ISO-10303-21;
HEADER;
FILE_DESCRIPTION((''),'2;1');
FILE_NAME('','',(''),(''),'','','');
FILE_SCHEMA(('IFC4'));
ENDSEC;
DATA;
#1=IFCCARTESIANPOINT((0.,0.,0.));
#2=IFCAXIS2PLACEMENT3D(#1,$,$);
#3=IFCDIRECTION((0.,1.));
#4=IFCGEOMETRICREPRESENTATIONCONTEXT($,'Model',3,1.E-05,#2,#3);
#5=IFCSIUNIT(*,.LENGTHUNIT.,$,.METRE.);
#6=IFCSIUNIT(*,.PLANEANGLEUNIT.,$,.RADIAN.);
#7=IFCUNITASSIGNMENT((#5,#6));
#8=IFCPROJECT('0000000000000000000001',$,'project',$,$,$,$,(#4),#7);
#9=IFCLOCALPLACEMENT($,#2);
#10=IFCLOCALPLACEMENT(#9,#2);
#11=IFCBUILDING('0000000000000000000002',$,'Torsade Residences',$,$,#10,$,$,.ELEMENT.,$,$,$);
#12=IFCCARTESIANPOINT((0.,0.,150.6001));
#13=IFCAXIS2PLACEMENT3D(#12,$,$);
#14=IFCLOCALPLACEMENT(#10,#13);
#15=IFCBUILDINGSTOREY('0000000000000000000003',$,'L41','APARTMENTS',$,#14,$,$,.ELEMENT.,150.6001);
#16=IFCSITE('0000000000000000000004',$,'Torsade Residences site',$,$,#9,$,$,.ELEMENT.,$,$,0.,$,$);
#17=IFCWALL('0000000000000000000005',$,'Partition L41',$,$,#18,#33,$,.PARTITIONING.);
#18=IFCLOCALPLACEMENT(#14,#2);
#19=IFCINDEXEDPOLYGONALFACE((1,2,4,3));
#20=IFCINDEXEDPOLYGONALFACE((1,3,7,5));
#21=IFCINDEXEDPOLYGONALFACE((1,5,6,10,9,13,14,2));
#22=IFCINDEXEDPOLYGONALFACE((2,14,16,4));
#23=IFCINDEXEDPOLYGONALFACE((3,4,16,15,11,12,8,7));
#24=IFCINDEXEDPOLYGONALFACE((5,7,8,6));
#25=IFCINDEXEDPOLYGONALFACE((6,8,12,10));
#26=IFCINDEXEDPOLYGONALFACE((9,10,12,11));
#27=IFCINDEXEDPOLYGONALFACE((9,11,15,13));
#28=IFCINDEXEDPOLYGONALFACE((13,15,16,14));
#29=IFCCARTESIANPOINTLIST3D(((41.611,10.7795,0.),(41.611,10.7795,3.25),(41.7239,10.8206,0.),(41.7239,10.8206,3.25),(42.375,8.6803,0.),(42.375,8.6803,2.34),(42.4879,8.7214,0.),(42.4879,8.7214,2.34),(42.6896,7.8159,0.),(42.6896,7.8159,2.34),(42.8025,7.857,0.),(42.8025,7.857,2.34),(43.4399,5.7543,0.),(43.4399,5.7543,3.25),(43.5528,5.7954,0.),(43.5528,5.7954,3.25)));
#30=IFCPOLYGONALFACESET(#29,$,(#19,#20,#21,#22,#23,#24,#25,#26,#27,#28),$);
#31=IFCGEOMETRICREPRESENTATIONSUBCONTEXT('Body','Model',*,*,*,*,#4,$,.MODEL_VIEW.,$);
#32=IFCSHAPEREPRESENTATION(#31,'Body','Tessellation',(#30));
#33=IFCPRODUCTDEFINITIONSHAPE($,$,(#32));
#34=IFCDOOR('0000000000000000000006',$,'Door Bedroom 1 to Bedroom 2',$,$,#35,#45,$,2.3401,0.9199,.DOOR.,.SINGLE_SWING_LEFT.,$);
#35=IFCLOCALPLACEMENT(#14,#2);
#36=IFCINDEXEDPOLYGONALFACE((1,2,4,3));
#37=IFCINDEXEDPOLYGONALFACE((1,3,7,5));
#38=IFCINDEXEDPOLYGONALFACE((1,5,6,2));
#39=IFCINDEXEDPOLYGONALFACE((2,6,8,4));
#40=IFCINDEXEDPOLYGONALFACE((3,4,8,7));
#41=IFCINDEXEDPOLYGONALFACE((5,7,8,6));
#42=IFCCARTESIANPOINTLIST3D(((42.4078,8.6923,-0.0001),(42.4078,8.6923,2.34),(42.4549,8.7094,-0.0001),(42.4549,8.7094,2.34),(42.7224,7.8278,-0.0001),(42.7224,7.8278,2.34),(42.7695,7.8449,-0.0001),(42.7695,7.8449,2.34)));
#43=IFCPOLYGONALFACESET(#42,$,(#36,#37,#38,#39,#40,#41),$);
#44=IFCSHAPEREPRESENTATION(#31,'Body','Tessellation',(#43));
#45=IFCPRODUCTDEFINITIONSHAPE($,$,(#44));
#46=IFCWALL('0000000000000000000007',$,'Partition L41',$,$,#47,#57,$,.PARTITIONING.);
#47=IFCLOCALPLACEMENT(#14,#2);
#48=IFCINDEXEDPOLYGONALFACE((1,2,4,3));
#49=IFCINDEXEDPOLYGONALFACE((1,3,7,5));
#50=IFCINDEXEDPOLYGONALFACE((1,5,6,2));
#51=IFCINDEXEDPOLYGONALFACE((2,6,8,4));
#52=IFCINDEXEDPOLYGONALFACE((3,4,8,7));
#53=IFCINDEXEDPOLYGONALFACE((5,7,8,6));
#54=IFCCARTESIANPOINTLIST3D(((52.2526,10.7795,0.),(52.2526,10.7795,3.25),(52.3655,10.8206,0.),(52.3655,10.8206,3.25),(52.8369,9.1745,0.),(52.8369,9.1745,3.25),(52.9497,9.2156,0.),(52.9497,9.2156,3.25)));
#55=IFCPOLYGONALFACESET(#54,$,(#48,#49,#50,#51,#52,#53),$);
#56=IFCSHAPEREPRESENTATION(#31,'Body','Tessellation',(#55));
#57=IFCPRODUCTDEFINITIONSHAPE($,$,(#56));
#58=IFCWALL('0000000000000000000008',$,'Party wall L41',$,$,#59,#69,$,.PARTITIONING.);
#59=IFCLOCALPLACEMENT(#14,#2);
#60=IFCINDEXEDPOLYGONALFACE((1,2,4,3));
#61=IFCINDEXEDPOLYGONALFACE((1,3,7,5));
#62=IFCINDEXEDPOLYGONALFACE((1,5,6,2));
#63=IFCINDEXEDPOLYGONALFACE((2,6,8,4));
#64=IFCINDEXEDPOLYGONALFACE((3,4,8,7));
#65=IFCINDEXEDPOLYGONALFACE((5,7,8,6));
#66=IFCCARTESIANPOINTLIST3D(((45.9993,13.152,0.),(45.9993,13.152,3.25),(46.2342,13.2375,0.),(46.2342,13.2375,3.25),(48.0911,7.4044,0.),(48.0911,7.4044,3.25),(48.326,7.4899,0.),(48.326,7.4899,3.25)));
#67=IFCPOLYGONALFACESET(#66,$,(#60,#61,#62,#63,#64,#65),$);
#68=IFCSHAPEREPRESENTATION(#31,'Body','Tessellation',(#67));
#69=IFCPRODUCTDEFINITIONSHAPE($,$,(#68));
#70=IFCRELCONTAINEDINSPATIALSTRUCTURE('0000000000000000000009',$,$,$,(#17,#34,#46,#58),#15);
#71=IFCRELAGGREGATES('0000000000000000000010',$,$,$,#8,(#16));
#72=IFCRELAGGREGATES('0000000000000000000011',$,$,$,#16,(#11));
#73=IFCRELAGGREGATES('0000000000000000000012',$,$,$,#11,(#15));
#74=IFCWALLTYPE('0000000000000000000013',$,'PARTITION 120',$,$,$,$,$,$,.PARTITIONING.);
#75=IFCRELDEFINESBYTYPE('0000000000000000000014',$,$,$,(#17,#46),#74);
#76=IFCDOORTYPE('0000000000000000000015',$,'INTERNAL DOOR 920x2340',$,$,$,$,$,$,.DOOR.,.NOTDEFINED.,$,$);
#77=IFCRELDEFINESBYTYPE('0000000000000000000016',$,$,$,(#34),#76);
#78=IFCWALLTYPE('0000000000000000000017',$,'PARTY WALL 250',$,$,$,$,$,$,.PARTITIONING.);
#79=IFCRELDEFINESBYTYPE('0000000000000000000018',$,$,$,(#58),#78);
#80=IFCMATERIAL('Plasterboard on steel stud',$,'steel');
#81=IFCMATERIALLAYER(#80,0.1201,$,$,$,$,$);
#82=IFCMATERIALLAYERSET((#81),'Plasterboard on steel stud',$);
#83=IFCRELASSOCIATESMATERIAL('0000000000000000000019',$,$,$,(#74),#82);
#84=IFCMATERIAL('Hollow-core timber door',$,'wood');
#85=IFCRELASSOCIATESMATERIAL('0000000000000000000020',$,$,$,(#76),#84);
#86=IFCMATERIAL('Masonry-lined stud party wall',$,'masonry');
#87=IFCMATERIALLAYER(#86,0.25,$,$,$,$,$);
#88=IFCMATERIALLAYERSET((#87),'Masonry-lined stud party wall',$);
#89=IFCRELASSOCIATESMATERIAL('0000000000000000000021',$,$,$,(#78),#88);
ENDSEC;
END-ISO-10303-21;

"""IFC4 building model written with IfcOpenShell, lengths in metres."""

from ifc_helpers import new_model, si_unit, direction, frame, frame_2d, origin, place, context, subcontext, project, spatial, rectangle, extrude, material, layer, layer_set, type_object, element, fill, save


model = new_model("IFC4")

# Units and contexts
model_context = context("Model", 3, precision=1e-05, world=origin(), true_north=direction((0.0, 1.0)))
body_context = subcontext(model_context, "Body", "Model", "MODEL_VIEW")
ifc_project = project(units=[si_unit("LENGTHUNIT", "METRE"), si_unit("PLANEANGLEUNIT", "RADIAN")], contexts=[model_context])

# Site, building, storey
site_placement = place(None, origin())
site = spatial("IfcSite", under=ifc_project, at=site_placement, Name="Torsade Residences site", CompositionType="ELEMENT", RefElevation=0.0)
building_placement = place(site_placement, origin())
building = spatial("IfcBuilding", under=site, at=building_placement, Name="Torsade Residences", CompositionType="ELEMENT")
storey_placement = place(building_placement, frame((0.0, 0.0, 150.6001)))
storey = spatial("IfcBuildingStorey", under=building, at=storey_placement, Name="L41", Description="APARTMENTS", CompositionType="ELEMENT", Elevation=150.6001)

# Wall, opening, door
ifc_material_1 = material(Name="Plasterboard on steel stud", Category="steel")
ifc_layer_1 = layer(ifc_material_1, 0.1201)
ifc_layer_set_1 = layer_set([ifc_layer_1], Name="Plasterboard on steel stud")
wall_type_1 = type_object("IfcWallType", Name="PARTITION 120", PredefinedType="PARTITIONING", material=ifc_layer_set_1)
wall_1_placement = place(storey_placement, frame((41.6675, 10.8, 0.0), z_axis=(0.0, 0.0, 1.0), x_axis=(0.341996, -0.939701, 0.0)))
wall_1 = element("IfcWall", 1, at=wall_1_placement, inside=storey, type_object=wall_type_1, Name="Partition L41", PredefinedType="PARTITIONING", context=body_context, shape_type="SweptSolid", body=[
    extrude(rectangle(XDim=5.3477, YDim=0.1201, at=frame_2d((2.6738, 0.0))), origin(), (0.0, 0.0, 1.0), 3.25),
])
opening_1_placement = place(wall_1_placement, frame((2.2339, 0.0, 0.0)))
opening_1 = element("IfcOpeningElement", 2, at=opening_1_placement, cuts=wall_1, PredefinedType="OPENING", context=body_context, shape_type="SweptSolid", body=[
    extrude(rectangle(XDim=0.9199, YDim=2.3401, at=frame_2d((0.46, 1.1699))), frame((0.0, 0.0701, 0.0), z_axis=(0.0, -1.0, 0.0), x_axis=(1.0, 0.0, 0.0)), (0.0, 0.0, 1.0), 0.1401),
])
ifc_material_2 = material(Name="Hollow-core timber door", Category="wood")
door_type_1 = type_object("IfcDoorType", Name="INTERNAL DOOR 920x2340", OperationType="NOTDEFINED", PredefinedType="DOOR", material=ifc_material_2)
door_1_placement = place(opening_1_placement, origin())
door_1 = element("IfcDoor", 3, at=door_1_placement, inside=storey, type_object=door_type_1, Name="Door Bedroom 1 to Bedroom 2", OperationType="SINGLE_SWING_LEFT", OverallHeight=2.3401, OverallWidth=0.9199, PredefinedType="DOOR", context=body_context, shape_type="SweptSolid", body=[
    extrude(rectangle(XDim=0.9199, YDim=2.3401, at=frame_2d((0.46, 1.1699))), frame((0.0, 0.0249, 0.0), z_axis=(0.0, -1.0, 0.0), x_axis=(1.0, 0.0, 0.0)), (0.0, 0.0, 1.0), 0.05),
])
fill(opening_1, door_1)

# Walls
wall_2_placement = place(storey_placement, frame((52.8933, 9.1951, 0.0), z_axis=(0.0, 0.0, 1.0), x_axis=(-0.342053, 0.939681, 0.0)))
element("IfcWall", 4, at=wall_2_placement, inside=storey, type_object=wall_type_1, Name="Partition L41", PredefinedType="PARTITIONING", context=body_context, shape_type="SweptSolid", body=[
    extrude(rectangle(XDim=1.708, YDim=0.1201, at=frame_2d((0.854, 0.0))), origin(), (0.0, 0.0, 1.0), 3.25),
])
ifc_material_3 = material(Name="Masonry-lined stud party wall", Category="masonry")
ifc_layer_2 = layer(ifc_material_3, 0.25)
ifc_layer_set_2 = layer_set([ifc_layer_2], Name="Masonry-lined stud party wall")
wall_type_2 = type_object("IfcWallType", Name="PARTY WALL 250", PredefinedType="PARTITIONING", material=ifc_layer_set_2)
wall_3_placement = place(storey_placement, frame((48.2085, 7.4473, 0.0), z_axis=(0.0, 0.0, 1.0), x_axis=(-0.341999, 0.9397, 0.0)))
element("IfcWall", 5, at=wall_3_placement, inside=storey, type_object=wall_type_2, Name="Party wall L41", PredefinedType="PARTITIONING", context=body_context, shape_type="SweptSolid", body=[
    extrude(rectangle(XDim=6.1165, YDim=0.25, at=frame_2d((3.0581, 0.0))), origin(), (0.0, 0.0, 1.0), 3.25),
])

save(model, "model.ifc")
